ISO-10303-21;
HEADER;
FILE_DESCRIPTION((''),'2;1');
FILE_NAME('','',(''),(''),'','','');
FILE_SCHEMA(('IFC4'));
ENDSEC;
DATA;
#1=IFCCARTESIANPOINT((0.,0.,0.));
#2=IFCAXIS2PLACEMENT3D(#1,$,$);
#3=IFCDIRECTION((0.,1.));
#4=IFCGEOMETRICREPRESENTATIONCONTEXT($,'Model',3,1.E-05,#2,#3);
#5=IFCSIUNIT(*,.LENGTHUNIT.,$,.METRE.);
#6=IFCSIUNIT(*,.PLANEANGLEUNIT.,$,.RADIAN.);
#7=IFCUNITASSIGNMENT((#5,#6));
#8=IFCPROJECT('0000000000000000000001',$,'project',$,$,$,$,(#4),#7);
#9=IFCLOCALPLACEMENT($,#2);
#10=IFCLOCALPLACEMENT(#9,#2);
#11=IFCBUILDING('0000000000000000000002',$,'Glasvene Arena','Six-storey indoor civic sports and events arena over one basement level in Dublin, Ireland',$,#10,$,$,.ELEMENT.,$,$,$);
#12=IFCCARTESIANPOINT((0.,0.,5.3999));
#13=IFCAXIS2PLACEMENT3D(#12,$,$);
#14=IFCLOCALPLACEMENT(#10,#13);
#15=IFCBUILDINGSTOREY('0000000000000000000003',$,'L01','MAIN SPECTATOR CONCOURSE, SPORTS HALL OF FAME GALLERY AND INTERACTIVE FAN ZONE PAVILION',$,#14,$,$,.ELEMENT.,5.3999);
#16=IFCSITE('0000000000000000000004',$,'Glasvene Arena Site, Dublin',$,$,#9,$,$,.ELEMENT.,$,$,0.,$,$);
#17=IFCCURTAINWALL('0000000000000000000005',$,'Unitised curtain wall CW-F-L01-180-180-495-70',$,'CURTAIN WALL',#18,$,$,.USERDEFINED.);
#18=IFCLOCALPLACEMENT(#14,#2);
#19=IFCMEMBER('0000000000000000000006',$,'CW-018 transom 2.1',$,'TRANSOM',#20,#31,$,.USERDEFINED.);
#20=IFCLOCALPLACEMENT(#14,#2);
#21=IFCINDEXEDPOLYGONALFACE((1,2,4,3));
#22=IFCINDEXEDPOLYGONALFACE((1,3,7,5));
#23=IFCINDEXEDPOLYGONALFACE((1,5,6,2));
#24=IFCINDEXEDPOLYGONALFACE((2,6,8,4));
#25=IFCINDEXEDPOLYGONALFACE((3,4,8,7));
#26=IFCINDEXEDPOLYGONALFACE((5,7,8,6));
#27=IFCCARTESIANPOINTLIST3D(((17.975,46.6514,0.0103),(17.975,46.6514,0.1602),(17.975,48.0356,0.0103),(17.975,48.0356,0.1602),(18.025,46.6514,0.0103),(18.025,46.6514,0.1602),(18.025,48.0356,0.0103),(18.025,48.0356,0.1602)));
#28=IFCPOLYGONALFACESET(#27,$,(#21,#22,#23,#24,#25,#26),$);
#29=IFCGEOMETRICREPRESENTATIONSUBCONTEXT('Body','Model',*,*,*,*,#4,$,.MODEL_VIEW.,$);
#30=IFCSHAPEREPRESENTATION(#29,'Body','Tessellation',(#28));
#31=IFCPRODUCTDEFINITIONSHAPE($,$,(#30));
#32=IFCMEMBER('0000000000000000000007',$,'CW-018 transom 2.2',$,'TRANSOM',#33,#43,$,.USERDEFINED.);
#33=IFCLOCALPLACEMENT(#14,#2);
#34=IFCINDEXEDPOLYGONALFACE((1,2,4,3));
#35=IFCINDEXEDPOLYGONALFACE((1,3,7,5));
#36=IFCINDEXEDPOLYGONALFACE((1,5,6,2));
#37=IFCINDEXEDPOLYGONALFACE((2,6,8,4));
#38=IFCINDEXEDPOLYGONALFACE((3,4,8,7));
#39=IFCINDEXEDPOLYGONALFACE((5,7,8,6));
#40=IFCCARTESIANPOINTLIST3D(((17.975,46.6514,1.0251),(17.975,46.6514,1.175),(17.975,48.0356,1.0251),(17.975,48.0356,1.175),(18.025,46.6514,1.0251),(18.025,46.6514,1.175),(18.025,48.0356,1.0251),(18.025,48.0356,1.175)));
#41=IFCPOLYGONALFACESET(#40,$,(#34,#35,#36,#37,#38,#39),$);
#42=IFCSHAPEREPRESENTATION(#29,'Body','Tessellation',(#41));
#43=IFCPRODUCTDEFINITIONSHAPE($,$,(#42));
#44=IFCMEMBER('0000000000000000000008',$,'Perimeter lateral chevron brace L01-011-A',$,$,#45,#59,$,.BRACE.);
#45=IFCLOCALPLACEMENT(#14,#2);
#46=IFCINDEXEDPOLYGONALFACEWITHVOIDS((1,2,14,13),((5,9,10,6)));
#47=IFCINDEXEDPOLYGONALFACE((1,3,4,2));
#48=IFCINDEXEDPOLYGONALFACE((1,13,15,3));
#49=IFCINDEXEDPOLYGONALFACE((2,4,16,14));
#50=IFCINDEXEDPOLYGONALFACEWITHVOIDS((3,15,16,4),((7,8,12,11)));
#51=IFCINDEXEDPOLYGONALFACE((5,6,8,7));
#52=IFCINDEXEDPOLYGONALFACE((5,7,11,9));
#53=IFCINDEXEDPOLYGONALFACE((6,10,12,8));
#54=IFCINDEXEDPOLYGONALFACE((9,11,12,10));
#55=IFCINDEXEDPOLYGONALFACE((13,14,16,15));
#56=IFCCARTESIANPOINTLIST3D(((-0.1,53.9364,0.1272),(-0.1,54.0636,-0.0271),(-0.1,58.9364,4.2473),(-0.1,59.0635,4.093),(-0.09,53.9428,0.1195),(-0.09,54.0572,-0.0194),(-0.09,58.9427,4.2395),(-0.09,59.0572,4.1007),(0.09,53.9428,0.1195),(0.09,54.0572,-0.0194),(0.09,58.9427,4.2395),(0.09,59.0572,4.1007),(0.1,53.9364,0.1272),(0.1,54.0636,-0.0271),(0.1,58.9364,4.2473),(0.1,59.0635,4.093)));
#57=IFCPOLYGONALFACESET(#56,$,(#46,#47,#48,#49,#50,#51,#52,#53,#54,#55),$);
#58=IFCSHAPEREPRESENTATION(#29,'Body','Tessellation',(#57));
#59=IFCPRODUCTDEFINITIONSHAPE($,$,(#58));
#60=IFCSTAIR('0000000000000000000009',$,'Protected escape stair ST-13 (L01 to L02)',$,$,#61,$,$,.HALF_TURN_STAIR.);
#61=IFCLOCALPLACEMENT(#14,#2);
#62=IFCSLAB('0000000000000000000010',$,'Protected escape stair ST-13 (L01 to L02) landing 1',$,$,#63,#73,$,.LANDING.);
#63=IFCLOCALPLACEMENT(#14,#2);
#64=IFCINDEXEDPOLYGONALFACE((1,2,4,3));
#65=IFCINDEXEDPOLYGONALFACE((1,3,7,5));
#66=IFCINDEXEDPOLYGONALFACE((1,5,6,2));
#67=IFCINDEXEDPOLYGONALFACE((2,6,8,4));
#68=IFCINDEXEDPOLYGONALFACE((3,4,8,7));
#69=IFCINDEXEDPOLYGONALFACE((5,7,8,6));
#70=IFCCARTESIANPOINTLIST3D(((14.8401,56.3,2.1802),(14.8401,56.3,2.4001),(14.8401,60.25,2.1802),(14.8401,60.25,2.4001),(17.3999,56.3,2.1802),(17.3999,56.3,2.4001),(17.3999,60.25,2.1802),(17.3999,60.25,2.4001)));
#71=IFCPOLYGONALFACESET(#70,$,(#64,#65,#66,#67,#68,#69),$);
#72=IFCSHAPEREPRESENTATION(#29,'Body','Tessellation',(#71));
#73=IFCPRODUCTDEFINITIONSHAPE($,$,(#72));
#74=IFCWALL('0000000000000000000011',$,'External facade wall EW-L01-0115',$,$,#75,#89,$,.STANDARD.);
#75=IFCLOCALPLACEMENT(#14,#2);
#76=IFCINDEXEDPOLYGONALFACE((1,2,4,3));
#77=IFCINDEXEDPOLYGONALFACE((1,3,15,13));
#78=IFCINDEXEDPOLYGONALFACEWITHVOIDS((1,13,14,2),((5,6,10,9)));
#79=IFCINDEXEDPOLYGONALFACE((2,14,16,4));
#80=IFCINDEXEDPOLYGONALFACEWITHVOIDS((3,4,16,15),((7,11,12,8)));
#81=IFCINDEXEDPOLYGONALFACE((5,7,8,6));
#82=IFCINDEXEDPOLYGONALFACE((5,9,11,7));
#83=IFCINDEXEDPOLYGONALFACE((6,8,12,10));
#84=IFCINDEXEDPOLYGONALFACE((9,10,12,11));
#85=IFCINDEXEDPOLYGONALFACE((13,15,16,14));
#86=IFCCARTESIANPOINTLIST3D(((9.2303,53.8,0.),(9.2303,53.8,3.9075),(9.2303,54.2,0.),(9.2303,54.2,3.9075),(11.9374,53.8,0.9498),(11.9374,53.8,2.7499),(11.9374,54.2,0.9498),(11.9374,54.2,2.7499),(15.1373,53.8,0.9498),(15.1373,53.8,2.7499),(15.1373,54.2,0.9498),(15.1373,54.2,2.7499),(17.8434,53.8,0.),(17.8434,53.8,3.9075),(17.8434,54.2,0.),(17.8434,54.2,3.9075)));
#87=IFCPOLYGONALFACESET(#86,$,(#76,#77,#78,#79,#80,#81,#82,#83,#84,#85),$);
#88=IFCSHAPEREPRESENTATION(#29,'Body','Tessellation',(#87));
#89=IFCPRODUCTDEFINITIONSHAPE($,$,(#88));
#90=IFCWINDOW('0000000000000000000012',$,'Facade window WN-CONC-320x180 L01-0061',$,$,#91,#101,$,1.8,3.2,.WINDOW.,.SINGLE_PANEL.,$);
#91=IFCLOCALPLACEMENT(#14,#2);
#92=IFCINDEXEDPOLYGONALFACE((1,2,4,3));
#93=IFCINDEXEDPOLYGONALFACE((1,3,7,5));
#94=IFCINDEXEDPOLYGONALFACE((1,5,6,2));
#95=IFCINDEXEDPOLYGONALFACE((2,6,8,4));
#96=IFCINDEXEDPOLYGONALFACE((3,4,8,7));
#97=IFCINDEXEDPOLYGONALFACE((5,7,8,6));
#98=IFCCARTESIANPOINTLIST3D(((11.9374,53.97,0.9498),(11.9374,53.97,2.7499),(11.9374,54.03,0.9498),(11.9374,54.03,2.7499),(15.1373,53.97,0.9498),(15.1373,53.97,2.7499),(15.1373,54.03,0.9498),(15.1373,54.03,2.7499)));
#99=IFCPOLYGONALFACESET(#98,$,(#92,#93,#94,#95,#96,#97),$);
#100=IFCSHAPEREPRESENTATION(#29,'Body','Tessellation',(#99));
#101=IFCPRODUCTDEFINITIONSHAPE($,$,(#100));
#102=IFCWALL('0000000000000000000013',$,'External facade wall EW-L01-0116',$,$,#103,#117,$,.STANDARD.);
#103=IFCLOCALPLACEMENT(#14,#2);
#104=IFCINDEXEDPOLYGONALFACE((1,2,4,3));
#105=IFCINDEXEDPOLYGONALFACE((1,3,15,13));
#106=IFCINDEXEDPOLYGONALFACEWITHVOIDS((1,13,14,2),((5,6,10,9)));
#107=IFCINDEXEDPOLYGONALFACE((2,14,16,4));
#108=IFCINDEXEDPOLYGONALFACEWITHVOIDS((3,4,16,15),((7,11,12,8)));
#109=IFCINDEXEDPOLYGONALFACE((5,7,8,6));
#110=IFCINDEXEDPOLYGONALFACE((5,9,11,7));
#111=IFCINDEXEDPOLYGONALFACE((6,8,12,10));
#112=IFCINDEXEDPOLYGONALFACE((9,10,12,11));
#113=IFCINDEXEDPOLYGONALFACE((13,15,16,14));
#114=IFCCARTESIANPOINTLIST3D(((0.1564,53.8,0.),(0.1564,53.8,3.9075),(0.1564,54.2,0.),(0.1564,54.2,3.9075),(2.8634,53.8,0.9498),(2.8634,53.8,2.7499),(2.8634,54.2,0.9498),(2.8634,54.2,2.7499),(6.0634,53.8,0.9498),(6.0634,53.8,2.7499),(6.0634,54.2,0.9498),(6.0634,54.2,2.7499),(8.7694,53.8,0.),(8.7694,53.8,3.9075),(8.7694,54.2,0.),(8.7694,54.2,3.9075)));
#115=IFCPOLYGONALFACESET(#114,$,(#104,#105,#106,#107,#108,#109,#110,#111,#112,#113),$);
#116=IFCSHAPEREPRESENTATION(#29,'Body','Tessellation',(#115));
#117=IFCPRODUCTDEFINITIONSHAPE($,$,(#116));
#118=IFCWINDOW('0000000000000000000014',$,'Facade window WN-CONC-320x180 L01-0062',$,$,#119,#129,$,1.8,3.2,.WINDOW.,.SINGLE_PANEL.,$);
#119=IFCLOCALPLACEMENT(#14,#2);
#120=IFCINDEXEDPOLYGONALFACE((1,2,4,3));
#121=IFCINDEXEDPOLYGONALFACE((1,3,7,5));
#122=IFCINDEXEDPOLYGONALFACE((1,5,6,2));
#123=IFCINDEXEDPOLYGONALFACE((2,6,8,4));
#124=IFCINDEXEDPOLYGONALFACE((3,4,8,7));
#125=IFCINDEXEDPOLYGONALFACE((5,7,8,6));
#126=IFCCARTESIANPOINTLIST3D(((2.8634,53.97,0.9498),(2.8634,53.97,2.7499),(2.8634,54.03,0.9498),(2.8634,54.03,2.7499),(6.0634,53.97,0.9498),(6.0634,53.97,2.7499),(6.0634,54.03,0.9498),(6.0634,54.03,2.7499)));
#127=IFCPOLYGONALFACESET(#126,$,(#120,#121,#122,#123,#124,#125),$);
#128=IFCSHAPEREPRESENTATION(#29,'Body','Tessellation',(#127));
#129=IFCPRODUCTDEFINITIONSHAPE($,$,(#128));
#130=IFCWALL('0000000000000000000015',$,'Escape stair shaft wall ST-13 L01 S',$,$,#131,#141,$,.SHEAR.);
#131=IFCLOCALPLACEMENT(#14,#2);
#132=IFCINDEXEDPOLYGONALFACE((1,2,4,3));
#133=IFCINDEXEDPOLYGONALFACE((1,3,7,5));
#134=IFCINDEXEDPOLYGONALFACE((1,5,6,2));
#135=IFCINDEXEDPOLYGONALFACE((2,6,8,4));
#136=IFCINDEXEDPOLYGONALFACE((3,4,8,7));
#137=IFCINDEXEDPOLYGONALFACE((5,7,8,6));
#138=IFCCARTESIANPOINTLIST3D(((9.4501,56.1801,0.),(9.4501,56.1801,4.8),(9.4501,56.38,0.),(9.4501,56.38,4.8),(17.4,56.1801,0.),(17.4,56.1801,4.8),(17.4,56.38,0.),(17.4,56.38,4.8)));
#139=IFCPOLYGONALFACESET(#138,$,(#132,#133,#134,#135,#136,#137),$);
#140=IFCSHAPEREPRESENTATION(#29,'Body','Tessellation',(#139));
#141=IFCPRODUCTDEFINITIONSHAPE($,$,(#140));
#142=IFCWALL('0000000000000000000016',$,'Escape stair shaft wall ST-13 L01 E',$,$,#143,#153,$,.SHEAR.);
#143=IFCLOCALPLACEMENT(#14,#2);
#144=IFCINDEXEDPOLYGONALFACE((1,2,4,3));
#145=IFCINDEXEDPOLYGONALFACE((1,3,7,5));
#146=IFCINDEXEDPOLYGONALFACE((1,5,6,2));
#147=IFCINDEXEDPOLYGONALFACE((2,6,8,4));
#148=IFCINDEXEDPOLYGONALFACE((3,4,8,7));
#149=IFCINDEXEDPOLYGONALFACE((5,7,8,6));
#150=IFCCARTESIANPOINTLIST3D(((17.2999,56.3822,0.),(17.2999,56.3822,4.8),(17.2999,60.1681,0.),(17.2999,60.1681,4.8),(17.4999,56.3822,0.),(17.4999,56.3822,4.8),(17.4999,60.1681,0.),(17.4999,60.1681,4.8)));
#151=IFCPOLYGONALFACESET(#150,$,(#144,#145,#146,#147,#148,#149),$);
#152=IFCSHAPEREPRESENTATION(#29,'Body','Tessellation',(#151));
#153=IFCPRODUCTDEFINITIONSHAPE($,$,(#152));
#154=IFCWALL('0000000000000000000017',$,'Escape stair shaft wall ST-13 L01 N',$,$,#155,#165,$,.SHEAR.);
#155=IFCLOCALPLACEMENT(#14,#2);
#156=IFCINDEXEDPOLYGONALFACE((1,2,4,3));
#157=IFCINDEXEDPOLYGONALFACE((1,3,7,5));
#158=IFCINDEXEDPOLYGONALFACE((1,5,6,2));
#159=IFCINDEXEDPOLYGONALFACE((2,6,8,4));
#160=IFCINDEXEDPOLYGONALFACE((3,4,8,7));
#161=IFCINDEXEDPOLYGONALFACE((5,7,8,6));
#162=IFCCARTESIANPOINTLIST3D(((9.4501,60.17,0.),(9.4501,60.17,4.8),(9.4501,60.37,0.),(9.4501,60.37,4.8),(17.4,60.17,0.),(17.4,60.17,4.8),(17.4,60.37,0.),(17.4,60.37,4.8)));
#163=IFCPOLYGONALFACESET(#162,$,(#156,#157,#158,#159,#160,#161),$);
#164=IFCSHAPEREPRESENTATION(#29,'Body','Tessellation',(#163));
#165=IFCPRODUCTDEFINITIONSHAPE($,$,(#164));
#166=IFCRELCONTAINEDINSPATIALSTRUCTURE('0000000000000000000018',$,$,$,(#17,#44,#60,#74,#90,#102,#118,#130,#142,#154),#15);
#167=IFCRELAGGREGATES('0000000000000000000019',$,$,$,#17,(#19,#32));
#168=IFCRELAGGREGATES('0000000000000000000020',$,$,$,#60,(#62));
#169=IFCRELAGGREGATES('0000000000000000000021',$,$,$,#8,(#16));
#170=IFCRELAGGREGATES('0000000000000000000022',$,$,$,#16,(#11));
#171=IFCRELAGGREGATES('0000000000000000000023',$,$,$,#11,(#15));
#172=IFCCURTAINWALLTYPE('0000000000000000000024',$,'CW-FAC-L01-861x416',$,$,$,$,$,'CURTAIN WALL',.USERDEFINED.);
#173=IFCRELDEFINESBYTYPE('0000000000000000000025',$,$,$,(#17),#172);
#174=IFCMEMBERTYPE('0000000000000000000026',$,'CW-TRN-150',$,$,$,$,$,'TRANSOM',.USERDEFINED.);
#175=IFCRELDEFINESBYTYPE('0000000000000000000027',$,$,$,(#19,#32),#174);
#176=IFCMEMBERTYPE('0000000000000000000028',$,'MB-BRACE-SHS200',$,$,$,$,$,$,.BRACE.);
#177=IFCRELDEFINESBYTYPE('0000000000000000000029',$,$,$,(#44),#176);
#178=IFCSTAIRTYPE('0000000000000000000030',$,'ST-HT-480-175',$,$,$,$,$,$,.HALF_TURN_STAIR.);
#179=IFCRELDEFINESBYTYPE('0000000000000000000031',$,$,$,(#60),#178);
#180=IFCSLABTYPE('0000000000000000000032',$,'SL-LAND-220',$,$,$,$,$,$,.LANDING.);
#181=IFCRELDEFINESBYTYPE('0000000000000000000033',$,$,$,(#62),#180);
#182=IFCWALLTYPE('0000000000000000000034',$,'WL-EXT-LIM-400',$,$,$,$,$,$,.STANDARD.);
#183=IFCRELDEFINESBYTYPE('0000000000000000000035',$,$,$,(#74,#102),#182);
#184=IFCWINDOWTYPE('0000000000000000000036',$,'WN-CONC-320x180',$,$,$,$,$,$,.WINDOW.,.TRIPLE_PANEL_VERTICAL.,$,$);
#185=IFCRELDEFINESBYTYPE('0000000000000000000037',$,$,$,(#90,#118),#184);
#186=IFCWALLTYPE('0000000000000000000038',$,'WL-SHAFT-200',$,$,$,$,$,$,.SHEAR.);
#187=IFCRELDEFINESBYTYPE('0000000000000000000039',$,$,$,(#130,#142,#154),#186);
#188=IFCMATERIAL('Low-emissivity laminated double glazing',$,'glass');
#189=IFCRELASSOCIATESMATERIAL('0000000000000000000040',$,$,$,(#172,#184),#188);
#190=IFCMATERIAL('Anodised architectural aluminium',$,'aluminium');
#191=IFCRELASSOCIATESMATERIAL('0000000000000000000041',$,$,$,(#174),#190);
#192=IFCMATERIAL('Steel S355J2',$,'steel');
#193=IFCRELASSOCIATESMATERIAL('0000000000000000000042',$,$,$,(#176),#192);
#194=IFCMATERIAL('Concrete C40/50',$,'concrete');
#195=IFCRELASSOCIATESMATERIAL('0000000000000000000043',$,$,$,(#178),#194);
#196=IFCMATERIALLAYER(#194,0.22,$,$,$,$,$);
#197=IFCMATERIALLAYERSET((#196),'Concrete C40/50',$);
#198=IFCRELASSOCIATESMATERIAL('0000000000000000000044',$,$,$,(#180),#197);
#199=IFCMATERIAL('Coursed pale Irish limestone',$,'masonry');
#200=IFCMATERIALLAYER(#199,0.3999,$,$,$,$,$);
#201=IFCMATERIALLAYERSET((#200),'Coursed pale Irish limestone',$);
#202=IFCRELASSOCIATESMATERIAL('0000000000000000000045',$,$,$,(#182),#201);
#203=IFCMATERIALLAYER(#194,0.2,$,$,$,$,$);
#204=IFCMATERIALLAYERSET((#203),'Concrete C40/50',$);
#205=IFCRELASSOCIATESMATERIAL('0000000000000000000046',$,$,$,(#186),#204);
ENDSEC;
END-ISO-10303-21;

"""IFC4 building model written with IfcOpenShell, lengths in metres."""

from ifc_helpers import new_model, si_unit, direction, frame, frame_2d, origin, origin_2d, place, context, subcontext, project, spatial, polyline, rectangle, hollow_rectangle, outline, extrude, material, layer, layer_set, material_profile, profile_set, type_object, element, fill, aggregate, save


model = new_model("IFC4")

# Units and contexts
model_context = context("Model", 3, precision=1e-05, world=origin(), true_north=direction((0.0, 1.0)))
body_context = subcontext(model_context, "Body", "Model", "MODEL_VIEW")
ifc_project = project(units=[si_unit("LENGTHUNIT", "METRE"), si_unit("PLANEANGLEUNIT", "RADIAN")], contexts=[model_context])

# Site, building, storey
site_placement = place(None, origin())
site = spatial("IfcSite", under=ifc_project, at=site_placement, Name="Glasvene Arena Site, Dublin", CompositionType="ELEMENT", RefElevation=0.0)
building_placement = place(site_placement, origin())
building = spatial("IfcBuilding", under=site, at=building_placement, Name="Glasvene Arena", Description="Six-storey indoor civic sports and events arena over one basement level in Dublin, Ireland", CompositionType="ELEMENT")
storey_placement = place(building_placement, frame((0.0, 0.0, 5.3999)))
storey = spatial("IfcBuildingStorey", under=building, at=storey_placement, Name="L01", Description="MAIN SPECTATOR CONCOURSE, SPORTS HALL OF FAME GALLERY AND INTERACTIVE FAN ZONE PAVILION", CompositionType="ELEMENT", Elevation=5.3999)

# Shared definitions
ifc_material_1 = material(Name="Steel S355J2", Category="steel")

# Curtain wall, members
ifc_material_2 = material(Name="Low-emissivity laminated double glazing", Category="glass")
curtain_wall_type = type_object("IfcCurtainWallType", Name="CW-FAC-L01-861x416", ElementType="CURTAIN WALL", PredefinedType="USERDEFINED", material=ifc_material_2)
curtain_wall_placement = place(storey_placement, frame((18.0, 45.1919, 0.0)))
curtain_wall = element("IfcCurtainWall", 1, at=curtain_wall_placement, inside=storey, type_object=curtain_wall_type, Name="Unitised curtain wall CW-F-L01-180-180-495-70", ObjectType="CURTAIN WALL", PredefinedType="USERDEFINED")
ifc_material_3 = material(Name="Anodised architectural aluminium", Category="aluminium")
ifc_material_profile_1 = material_profile(ifc_material_3, rectangle(XDim=0.05, YDim=0.1499, at=origin_2d()), Name="ALU TRANSOM 50x150")
ifc_profile_set_1 = profile_set([ifc_material_profile_1], Name="Anodised architectural aluminium")
member_type_1 = type_object("IfcMemberType", Name="CW-TRN-150", ElementType="TRANSOM", PredefinedType="USERDEFINED", material=ifc_profile_set_1)
member_1_placement = place(storey_placement, frame((18.0, 46.6514, 0.0852), z_axis=(0.0, 1.0, 0.0), x_axis=(-1.0, 0.0, 0.0)))
member_1 = element("IfcMember", 2, at=member_1_placement, type_object=member_type_1, Name="CW-018 transom 2.1", ObjectType="TRANSOM", PredefinedType="USERDEFINED", context=body_context, shape_type="SweptSolid", body=[
    extrude(rectangle(XDim=0.05, YDim=0.1499, at=origin_2d()), origin(), (0.0, 0.0, 1.0), 1.3843),
])
member_2_placement = place(storey_placement, frame((18.0, 46.6514, 1.1001), z_axis=(0.0, 1.0, 0.0), x_axis=(-1.0, 0.0, 0.0)))
member_2 = element("IfcMember", 3, at=member_2_placement, type_object=member_type_1, Name="CW-018 transom 2.2", ObjectType="TRANSOM", PredefinedType="USERDEFINED", context=body_context, shape_type="SweptSolid", body=[
    extrude(rectangle(XDim=0.05, YDim=0.1499, at=origin_2d()), origin(), (0.0, 0.0, 1.0), 1.3843),
])
aggregate(curtain_wall, [member_1, member_2])

# Member
ifc_material_profile_2 = material_profile(ifc_material_1, hollow_rectangle(XDim=0.2, YDim=0.2, WallThickness=0.01, at=origin_2d()), Name="SHS 200x200x10.0")
ifc_profile_set_2 = profile_set([ifc_material_profile_2], Name="Steel S355J2")
member_type_2 = type_object("IfcMemberType", Name="MB-BRACE-SHS200", PredefinedType="BRACE", material=ifc_profile_set_2)
member_3_placement = place(storey_placement, frame((0.0, 54.0, 0.05), z_axis=(0.0, 0.771743, 0.635934), x_axis=(-1.0, 0.0, 0.0)))
element("IfcMember", 4, at=member_3_placement, inside=storey, type_object=member_type_2, Name="Perimeter lateral chevron brace L01-011-A", PredefinedType="BRACE", context=body_context, shape_type="SweptSolid", body=[
    extrude(hollow_rectangle(XDim=0.2, YDim=0.2, WallThickness=0.01, at=origin_2d()), origin(), (0.0, 0.0, 1.0), 6.4788),
])

# Shared definitions
ifc_material_4 = material(Name="Concrete C40/50", Category="concrete")

# Stair, slab
stair_type = type_object("IfcStairType", Name="ST-HT-480-175", PredefinedType="HALF_TURN_STAIR", material=ifc_material_4)
stair_placement = place(storey_placement, origin())
stair = element("IfcStair", 5, at=stair_placement, inside=storey, type_object=stair_type, Name="Protected escape stair ST-13 (L01 to L02)", PredefinedType="HALF_TURN_STAIR")
ifc_layer_1 = layer(ifc_material_4, 0.22)
ifc_layer_set_1 = layer_set([ifc_layer_1], Name="Concrete C40/50")
slab_type_1 = type_object("IfcSlabType", Name="SL-LAND-220", PredefinedType="LANDING", material=ifc_layer_set_1)
slab_1_placement = place(storey_placement, frame((16.1201, 58.2749, 2.1802)))
slab_1 = element("IfcSlab", 6, at=slab_1_placement, type_object=slab_type_1, Name="Protected escape stair ST-13 (L01 to L02) landing 1", PredefinedType="LANDING", context=body_context, shape_type="SweptSolid", body=[
    extrude(outline(polyline([(-1.28, -1.9749), (1.2798, -1.9749), (1.2798, 1.9751), (-1.28, 1.9751), (-1.28, -1.9749)])), origin(), (0.0, 0.0, 1.0), 0.22),
])

# Walls, openings, windows
ifc_material_5 = material(Name="Coursed pale Irish limestone", Category="masonry")
ifc_layer_2 = layer(ifc_material_5, 0.3999)
ifc_layer_set_2 = layer_set([ifc_layer_2], Name="Coursed pale Irish limestone")
wall_type_1 = type_object("IfcWallType", Name="WL-EXT-LIM-400", PredefinedType="STANDARD", material=ifc_layer_set_2)
wall_1_placement = place(storey_placement, frame((17.8435, 54.0, 0.0), z_axis=(0.0, 0.0, 1.0), x_axis=(-1.0, 0.0, 0.0)))
wall_1 = element("IfcWall", 7, at=wall_1_placement, inside=storey, type_object=wall_type_1, Name="External facade wall EW-L01-0115", PredefinedType="STANDARD", context=body_context, shape_type="SweptSolid", body=[
    extrude(rectangle(XDim=8.613, YDim=0.3999, at=frame_2d((4.3066, 0.0))), origin(), (0.0, 0.0, 1.0), 3.9075),
])
opening_1_placement = place(wall_1_placement, frame((2.7061, 0.0, 0.95)))
opening_1 = element("IfcOpeningElement", 8, at=opening_1_placement, cuts=wall_1, PredefinedType="OPENING", context=body_context, shape_type="SweptSolid", body=[
    extrude(rectangle(XDim=3.2, YDim=1.8, at=frame_2d((1.6001, 0.8999))), frame((0.0, 0.21, 0.0), z_axis=(0.0, -1.0, 0.0), x_axis=(1.0, 0.0, 0.0)), (0.0, 0.0, 1.0), 0.4199),
])
window_type = type_object("IfcWindowType", Name="WN-CONC-320x180", PartitioningType="TRIPLE_PANEL_VERTICAL", PredefinedType="WINDOW", material=ifc_material_2)
window_1_placement = place(opening_1_placement, origin())
window_1 = element("IfcWindow", 9, at=window_1_placement, inside=storey, type_object=window_type, Name="Facade window WN-CONC-320x180 L01-0061", OverallHeight=1.8, OverallWidth=3.2, PartitioningType="SINGLE_PANEL", PredefinedType="WINDOW", context=body_context, shape_type="SweptSolid", body=[
    extrude(rectangle(XDim=3.2, YDim=1.8, at=frame_2d((1.6001, 0.8999))), frame((0.0, 0.03, 0.0), z_axis=(0.0, -1.0, 0.0), x_axis=(1.0, 0.0, 0.0)), (0.0, 0.0, 1.0), 0.0601),
])
fill(opening_1, window_1)
wall_2_placement = place(storey_placement, frame((8.7695, 54.0, 0.0), z_axis=(0.0, 0.0, 1.0), x_axis=(-1.0, 0.0, 0.0)))
wall_2 = element("IfcWall", 10, at=wall_2_placement, inside=storey, type_object=wall_type_1, Name="External facade wall EW-L01-0116", PredefinedType="STANDARD", context=body_context, shape_type="SweptSolid", body=[
    extrude(rectangle(XDim=8.613, YDim=0.3999, at=frame_2d((4.3066, 0.0))), origin(), (0.0, 0.0, 1.0), 3.9075),
])
opening_2_placement = place(wall_2_placement, frame((2.7061, 0.0, 0.95)))
opening_2 = element("IfcOpeningElement", 11, at=opening_2_placement, cuts=wall_2, PredefinedType="OPENING", context=body_context, shape_type="SweptSolid", body=[
    extrude(rectangle(XDim=3.2, YDim=1.8, at=frame_2d((1.6001, 0.8999))), frame((0.0, 0.21, 0.0), z_axis=(0.0, -1.0, 0.0), x_axis=(1.0, 0.0, 0.0)), (0.0, 0.0, 1.0), 0.4199),
])
window_2_placement = place(opening_2_placement, origin())
window_2 = element("IfcWindow", 12, at=window_2_placement, inside=storey, type_object=window_type, Name="Facade window WN-CONC-320x180 L01-0062", OverallHeight=1.8, OverallWidth=3.2, PartitioningType="SINGLE_PANEL", PredefinedType="WINDOW", context=body_context, shape_type="SweptSolid", body=[
    extrude(rectangle(XDim=3.2, YDim=1.8, at=frame_2d((1.6001, 0.8999))), frame((0.0, 0.03, 0.0), z_axis=(0.0, -1.0, 0.0), x_axis=(1.0, 0.0, 0.0)), (0.0, 0.0, 1.0), 0.0601),
])
fill(opening_2, window_2)

# Wall
ifc_layer_3 = layer(ifc_material_4, 0.2)
ifc_layer_set_3 = layer_set([ifc_layer_3], Name="Concrete C40/50")
wall_type_2 = type_object("IfcWallType", Name="WL-SHAFT-200", PredefinedType="SHEAR", material=ifc_layer_set_3)
wall_3_placement = place(storey_placement, frame((9.45, 56.28, 0.0), z_axis=(0.0, 0.0, 1.0), x_axis=(1.0, 0.0, 0.0)))
element("IfcWall", 13, at=wall_3_placement, inside=storey, type_object=wall_type_2, Name="Escape stair shaft wall ST-13 L01 S", PredefinedType="SHEAR", context=body_context, shape_type="SweptSolid", body=[
    extrude(rectangle(XDim=7.95, YDim=0.2, at=frame_2d((3.9751, 0.0))), origin(), (0.0, 0.0, 1.0), 4.8),
])

# Walls
wall_4_placement = place(storey_placement, frame((17.3999, 56.3821, 0.0), z_axis=(0.0, 0.0, 1.0), x_axis=(0.0, 1.0, 0.0)))
element("IfcWall", 14, at=wall_4_placement, inside=storey, type_object=wall_type_2, Name="Escape stair shaft wall ST-13 L01 E", PredefinedType="SHEAR", context=body_context, shape_type="SweptSolid", body=[
    extrude(rectangle(XDim=3.7859, YDim=0.2, at=frame_2d((1.8931, 0.0))), origin(), (0.0, 0.0, 1.0), 4.8),
])
wall_5_placement = place(storey_placement, frame((9.45, 60.27, 0.0), z_axis=(0.0, 0.0, 1.0), x_axis=(1.0, 0.0, 0.0)))
element("IfcWall", 15, at=wall_5_placement, inside=storey, type_object=wall_type_2, Name="Escape stair shaft wall ST-13 L01 N", PredefinedType="SHEAR", context=body_context, shape_type="SweptSolid", body=[
    extrude(rectangle(XDim=7.95, YDim=0.2, at=frame_2d((3.9751, 0.0))), origin(), (0.0, 0.0, 1.0), 4.8),
])

aggregate(stair, [slab_1])

save(model, "model.ifc")
